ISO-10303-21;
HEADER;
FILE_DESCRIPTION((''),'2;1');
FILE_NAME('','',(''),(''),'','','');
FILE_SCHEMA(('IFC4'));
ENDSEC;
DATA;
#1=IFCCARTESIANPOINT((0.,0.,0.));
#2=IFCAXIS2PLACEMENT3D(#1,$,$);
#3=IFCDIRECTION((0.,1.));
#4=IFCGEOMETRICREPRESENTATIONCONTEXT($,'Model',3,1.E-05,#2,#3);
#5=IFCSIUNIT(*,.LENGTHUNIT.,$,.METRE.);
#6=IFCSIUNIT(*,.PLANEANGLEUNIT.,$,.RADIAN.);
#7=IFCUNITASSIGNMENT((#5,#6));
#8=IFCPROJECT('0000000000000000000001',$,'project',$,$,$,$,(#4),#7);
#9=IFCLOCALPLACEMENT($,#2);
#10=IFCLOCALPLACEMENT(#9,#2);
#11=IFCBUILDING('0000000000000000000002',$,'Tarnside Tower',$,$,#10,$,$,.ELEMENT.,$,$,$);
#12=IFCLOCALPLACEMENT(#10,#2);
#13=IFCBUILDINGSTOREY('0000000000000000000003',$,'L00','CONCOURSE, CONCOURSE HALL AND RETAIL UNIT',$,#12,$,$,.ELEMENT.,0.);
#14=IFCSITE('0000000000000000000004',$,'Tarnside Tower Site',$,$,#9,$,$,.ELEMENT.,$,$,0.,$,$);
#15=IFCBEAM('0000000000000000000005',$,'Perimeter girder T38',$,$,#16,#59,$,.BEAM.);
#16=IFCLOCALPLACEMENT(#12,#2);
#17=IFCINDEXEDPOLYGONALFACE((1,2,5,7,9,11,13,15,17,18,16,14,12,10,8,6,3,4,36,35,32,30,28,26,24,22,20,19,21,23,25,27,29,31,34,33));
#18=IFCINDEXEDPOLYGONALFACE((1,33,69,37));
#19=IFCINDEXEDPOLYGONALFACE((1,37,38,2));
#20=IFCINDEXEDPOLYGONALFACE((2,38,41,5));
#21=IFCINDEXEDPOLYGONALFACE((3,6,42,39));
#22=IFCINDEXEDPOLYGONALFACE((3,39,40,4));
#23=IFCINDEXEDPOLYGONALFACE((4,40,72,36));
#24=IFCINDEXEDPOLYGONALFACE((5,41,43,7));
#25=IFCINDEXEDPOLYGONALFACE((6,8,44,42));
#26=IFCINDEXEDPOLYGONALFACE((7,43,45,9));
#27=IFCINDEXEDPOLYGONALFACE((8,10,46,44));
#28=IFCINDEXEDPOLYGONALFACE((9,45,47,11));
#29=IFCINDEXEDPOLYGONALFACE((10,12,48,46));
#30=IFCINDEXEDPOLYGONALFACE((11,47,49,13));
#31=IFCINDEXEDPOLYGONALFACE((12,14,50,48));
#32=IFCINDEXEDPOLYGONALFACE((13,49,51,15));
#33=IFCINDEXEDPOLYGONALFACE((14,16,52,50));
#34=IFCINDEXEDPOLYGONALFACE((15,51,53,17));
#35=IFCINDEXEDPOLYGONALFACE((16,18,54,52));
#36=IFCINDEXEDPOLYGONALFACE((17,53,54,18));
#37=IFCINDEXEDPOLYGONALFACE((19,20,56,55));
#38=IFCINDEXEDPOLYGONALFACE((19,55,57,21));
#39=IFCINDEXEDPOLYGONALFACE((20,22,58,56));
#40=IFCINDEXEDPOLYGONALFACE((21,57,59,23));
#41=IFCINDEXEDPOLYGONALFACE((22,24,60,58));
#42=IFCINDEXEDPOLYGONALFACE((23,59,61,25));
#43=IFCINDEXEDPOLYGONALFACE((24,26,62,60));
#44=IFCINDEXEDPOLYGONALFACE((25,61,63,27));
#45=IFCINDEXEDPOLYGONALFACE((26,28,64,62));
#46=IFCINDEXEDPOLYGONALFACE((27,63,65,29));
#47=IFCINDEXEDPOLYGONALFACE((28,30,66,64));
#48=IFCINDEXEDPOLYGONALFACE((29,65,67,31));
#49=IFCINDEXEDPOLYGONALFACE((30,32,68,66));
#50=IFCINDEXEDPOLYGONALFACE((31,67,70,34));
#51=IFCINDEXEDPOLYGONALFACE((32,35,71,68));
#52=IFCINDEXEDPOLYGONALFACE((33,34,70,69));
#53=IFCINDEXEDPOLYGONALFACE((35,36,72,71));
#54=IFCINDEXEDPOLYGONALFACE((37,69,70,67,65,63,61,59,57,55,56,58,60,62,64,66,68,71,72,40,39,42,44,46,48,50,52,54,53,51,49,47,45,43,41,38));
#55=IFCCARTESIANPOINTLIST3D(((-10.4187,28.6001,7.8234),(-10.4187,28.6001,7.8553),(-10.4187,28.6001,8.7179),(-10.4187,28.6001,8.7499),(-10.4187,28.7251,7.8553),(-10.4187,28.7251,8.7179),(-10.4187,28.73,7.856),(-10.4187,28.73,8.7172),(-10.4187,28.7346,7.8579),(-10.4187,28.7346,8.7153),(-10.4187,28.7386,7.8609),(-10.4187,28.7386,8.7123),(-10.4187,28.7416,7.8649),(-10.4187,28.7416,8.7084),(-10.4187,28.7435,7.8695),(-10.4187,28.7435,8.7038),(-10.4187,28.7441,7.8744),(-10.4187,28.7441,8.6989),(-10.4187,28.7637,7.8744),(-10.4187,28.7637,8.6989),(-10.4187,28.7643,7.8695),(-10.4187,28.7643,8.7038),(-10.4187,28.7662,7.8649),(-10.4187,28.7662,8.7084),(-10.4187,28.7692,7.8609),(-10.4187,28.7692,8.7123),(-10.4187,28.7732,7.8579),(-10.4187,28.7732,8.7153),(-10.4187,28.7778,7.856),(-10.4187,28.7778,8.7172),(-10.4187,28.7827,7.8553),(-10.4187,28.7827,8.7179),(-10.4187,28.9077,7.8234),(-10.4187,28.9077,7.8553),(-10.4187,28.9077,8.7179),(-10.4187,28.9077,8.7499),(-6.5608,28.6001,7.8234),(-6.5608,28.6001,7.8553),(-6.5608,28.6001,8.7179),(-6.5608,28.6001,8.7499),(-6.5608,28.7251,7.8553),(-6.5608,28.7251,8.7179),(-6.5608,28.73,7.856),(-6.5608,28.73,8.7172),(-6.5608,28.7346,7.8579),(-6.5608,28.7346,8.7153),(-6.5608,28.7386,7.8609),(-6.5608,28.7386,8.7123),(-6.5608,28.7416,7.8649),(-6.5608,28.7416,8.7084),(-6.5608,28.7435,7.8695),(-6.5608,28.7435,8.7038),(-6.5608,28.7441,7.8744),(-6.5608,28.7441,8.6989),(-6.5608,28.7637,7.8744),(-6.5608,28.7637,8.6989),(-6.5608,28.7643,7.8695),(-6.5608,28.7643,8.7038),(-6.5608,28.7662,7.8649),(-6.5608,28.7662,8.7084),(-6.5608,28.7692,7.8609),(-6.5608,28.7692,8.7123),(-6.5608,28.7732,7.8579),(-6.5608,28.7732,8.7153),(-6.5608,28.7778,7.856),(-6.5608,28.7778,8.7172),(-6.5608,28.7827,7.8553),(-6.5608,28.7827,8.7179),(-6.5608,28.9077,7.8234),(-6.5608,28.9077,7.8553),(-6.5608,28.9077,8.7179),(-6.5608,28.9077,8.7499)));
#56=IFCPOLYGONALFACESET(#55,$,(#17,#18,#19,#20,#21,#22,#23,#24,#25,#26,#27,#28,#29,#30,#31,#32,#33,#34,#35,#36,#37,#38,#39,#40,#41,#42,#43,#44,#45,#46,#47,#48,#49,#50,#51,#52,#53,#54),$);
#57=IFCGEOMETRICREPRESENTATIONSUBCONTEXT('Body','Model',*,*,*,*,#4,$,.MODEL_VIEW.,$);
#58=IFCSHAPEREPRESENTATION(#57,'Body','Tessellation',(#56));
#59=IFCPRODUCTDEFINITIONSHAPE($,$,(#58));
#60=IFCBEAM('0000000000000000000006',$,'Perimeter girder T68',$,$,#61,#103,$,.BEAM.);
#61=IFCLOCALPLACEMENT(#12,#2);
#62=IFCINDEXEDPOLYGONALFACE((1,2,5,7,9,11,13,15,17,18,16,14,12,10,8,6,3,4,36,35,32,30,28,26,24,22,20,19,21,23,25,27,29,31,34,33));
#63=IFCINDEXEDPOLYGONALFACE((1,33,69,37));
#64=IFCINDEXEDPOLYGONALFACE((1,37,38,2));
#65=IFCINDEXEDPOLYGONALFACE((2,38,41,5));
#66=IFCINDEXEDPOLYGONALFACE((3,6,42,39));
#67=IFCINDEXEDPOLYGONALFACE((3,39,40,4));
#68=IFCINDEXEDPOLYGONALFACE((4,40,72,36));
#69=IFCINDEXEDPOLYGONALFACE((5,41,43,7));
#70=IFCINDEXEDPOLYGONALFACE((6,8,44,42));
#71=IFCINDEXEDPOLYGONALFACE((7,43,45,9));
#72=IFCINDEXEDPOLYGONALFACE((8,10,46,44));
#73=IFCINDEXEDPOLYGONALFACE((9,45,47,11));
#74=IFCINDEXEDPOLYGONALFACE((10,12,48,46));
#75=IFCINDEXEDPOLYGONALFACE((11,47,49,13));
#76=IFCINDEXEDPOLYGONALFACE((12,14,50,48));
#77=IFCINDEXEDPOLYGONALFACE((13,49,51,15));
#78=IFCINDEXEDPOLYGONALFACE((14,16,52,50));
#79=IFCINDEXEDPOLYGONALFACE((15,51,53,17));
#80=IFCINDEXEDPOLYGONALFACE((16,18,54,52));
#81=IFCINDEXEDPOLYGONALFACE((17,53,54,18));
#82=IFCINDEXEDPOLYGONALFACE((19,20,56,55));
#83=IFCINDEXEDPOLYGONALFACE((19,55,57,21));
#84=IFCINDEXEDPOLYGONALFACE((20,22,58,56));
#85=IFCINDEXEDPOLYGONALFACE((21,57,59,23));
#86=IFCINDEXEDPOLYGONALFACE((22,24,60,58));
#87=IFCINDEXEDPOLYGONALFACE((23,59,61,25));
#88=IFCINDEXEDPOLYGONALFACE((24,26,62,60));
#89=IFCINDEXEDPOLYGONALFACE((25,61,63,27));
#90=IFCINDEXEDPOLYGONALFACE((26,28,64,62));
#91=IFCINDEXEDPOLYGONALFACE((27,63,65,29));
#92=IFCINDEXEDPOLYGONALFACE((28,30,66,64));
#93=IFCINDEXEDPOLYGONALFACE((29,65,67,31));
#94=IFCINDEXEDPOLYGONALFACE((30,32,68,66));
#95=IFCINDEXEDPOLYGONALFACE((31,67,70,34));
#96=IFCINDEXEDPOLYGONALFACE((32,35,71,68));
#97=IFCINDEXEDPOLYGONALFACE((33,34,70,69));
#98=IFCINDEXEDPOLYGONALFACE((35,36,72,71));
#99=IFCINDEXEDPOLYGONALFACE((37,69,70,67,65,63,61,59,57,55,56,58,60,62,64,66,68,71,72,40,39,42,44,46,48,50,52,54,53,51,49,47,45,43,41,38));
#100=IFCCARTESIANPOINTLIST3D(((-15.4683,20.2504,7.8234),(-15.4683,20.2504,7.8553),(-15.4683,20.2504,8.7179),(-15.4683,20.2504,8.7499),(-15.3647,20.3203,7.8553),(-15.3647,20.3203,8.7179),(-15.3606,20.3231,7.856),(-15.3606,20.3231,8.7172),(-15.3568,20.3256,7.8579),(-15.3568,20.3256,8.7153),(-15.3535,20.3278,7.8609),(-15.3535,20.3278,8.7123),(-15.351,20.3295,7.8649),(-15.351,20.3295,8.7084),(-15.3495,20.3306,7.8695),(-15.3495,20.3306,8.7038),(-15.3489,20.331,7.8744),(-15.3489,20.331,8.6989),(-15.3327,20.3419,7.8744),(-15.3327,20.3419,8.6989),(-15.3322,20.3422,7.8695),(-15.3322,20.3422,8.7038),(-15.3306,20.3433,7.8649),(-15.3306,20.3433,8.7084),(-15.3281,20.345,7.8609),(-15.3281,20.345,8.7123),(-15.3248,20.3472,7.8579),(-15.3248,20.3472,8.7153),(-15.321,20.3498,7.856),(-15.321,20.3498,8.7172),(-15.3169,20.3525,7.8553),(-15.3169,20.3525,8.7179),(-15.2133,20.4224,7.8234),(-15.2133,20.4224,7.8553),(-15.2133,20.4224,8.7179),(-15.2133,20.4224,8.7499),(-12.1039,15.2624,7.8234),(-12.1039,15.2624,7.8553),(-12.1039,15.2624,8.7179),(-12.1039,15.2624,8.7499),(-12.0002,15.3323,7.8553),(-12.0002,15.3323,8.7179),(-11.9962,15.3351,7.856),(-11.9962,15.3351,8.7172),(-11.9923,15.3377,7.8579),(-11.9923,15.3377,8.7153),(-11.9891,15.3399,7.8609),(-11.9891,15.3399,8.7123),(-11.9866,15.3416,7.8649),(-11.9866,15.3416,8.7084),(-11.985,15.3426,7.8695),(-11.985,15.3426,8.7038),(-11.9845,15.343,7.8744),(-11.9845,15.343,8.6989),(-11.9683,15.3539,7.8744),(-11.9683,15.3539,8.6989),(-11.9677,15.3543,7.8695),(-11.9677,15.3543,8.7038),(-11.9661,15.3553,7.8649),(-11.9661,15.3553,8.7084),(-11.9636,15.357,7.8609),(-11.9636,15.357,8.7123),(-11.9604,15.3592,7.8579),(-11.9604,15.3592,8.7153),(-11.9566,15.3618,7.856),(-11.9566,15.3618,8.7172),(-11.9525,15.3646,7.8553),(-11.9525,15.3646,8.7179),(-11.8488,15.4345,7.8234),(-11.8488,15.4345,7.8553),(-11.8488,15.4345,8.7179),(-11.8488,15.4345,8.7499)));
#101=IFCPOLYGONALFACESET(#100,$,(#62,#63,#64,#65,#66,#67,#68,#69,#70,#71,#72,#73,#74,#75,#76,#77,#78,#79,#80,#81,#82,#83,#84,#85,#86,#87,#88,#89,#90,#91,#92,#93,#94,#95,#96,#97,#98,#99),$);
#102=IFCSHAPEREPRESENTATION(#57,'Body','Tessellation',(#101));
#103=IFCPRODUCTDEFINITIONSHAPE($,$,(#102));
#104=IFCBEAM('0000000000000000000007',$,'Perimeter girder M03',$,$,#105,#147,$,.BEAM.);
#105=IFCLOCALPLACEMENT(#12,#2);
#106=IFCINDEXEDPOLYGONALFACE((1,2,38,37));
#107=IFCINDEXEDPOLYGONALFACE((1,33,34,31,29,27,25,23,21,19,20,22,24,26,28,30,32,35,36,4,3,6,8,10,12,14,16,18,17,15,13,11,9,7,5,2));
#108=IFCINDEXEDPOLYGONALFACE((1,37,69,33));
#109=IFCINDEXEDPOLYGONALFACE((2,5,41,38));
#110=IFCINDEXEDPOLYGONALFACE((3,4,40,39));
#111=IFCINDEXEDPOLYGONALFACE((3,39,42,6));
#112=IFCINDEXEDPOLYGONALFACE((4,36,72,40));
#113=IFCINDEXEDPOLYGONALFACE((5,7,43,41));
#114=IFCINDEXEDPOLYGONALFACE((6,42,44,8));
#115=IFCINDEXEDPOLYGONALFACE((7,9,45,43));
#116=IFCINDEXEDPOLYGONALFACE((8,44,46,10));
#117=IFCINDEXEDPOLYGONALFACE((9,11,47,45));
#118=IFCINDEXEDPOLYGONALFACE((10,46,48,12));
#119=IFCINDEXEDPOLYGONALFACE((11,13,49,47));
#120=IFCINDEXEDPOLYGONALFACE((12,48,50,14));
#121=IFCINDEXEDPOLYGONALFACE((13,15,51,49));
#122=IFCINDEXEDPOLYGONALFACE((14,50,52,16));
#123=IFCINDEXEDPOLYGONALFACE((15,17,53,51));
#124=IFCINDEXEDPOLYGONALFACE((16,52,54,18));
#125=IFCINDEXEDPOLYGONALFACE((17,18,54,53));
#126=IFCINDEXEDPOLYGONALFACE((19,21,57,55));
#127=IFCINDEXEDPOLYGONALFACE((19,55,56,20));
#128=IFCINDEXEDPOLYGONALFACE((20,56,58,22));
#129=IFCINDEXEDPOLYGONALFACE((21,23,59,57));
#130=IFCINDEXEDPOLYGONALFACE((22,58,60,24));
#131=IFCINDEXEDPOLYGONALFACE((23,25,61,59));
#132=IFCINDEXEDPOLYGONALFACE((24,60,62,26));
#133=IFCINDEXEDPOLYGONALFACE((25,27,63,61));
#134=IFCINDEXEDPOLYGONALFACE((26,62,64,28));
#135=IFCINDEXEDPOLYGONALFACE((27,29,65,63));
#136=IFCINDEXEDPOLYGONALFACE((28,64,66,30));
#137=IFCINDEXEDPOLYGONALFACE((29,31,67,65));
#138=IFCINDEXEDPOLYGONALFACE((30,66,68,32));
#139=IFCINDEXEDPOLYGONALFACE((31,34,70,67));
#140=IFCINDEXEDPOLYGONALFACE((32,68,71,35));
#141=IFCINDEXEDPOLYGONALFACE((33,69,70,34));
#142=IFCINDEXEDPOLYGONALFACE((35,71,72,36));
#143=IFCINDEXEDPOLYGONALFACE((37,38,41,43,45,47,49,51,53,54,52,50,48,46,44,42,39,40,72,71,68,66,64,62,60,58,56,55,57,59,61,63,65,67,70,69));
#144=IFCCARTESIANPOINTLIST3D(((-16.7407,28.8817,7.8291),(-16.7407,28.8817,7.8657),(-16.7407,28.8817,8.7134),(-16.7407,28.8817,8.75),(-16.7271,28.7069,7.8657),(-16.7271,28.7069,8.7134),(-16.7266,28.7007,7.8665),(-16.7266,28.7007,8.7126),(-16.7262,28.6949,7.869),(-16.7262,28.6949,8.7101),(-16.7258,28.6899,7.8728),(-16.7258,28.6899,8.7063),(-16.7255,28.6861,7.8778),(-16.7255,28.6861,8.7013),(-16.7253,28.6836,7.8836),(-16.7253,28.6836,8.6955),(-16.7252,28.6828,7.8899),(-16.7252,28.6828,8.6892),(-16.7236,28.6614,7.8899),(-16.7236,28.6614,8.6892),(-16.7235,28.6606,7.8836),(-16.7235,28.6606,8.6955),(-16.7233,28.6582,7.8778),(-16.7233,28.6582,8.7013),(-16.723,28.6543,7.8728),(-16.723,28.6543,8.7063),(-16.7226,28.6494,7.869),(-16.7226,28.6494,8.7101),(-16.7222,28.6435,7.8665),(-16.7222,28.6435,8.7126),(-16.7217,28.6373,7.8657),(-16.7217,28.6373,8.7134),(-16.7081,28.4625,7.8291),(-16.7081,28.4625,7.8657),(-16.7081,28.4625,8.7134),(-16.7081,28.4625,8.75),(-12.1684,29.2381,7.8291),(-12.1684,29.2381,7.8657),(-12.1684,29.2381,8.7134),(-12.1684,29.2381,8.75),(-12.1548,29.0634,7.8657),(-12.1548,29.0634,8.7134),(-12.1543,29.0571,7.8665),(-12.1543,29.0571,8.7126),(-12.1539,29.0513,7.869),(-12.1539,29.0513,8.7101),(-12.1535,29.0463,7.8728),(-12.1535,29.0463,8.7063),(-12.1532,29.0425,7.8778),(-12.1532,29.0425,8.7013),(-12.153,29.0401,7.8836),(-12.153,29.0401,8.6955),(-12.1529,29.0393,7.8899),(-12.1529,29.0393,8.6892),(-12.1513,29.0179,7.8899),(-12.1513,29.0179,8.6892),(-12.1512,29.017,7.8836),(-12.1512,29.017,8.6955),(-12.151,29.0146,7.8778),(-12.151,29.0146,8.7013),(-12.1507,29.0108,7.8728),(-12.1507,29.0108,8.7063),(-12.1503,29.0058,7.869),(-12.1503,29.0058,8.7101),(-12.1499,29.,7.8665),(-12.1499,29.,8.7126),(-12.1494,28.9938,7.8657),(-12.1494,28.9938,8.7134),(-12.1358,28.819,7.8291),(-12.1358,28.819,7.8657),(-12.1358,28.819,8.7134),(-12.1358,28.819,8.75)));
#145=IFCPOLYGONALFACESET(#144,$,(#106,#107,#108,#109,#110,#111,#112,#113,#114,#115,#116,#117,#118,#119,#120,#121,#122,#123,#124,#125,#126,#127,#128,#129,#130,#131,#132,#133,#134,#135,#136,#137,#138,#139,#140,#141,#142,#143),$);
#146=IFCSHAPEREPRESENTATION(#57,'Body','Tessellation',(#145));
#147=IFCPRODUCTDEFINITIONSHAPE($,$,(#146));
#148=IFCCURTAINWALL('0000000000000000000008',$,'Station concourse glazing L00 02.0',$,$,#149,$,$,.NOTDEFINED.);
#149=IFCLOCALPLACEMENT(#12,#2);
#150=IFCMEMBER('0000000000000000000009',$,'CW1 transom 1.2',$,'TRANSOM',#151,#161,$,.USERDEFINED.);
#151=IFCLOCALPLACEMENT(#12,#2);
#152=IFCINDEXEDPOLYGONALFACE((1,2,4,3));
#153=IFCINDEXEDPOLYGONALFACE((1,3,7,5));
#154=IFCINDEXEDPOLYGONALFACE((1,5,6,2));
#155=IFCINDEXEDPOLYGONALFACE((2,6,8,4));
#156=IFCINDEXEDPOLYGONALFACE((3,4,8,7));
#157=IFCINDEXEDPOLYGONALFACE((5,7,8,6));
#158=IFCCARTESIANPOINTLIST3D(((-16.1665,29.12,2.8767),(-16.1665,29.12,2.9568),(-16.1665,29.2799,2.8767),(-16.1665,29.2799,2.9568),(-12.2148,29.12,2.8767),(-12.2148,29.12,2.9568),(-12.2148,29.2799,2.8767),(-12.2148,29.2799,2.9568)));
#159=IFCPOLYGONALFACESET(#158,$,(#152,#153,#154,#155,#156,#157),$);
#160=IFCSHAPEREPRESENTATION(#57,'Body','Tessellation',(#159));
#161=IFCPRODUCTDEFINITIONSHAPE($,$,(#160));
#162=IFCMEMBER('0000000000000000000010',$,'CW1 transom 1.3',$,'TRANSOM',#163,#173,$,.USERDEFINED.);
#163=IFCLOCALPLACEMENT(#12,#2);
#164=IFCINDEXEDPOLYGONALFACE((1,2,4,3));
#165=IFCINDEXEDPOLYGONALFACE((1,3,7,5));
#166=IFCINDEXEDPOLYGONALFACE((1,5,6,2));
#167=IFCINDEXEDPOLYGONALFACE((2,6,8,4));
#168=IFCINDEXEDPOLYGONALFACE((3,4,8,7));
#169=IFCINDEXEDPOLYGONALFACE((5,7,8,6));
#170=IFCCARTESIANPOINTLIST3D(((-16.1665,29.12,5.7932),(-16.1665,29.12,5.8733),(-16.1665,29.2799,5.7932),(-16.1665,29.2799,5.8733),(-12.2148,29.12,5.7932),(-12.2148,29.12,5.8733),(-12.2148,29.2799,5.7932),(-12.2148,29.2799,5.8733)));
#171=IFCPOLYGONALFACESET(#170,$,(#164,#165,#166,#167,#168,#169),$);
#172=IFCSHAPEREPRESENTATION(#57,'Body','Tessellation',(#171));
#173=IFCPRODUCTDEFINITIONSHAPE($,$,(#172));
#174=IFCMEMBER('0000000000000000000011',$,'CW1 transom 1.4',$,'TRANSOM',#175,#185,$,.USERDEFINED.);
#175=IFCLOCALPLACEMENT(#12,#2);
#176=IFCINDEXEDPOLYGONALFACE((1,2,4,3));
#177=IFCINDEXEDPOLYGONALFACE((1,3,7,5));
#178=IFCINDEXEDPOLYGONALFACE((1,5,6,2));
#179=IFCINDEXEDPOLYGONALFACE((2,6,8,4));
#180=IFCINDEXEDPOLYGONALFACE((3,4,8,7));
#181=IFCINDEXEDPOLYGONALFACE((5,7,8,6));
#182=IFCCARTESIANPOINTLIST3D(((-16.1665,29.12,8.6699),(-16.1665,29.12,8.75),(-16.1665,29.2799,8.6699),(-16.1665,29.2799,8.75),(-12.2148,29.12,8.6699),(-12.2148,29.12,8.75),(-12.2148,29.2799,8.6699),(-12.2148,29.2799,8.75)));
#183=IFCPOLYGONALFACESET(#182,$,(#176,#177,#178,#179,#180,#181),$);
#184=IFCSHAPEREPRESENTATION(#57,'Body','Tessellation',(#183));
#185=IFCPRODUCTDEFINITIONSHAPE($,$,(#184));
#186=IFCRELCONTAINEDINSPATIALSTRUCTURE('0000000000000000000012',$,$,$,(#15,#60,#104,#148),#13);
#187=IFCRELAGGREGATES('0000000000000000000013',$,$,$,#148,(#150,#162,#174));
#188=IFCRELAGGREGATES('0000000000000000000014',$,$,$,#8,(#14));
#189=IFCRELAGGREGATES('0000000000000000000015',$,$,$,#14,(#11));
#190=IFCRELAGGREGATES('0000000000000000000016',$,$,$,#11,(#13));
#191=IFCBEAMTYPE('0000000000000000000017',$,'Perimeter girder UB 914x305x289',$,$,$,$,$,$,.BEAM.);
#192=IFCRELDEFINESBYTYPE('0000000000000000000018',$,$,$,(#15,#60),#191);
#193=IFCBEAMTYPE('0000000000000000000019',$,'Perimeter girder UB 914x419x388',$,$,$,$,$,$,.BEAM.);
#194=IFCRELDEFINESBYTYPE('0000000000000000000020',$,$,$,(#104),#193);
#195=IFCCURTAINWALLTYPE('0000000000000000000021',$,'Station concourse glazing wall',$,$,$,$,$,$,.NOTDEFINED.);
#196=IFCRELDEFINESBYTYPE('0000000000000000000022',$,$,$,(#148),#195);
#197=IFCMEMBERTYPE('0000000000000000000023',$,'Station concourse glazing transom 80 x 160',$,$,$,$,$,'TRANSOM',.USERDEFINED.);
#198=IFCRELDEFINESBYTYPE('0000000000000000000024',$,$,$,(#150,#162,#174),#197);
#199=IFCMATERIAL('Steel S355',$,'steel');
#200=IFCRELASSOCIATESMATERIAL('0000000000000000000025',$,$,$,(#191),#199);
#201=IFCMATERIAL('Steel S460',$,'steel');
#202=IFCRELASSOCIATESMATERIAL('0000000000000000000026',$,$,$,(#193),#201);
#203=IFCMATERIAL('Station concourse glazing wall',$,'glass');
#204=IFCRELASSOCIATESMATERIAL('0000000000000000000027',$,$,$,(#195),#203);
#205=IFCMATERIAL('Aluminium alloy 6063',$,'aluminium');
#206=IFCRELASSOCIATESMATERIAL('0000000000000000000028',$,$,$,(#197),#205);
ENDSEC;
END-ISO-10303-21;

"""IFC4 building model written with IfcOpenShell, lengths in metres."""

from ifc_helpers import new_model, si_unit, direction, frame, origin, origin_2d, place, context, subcontext, project, spatial, rectangle, i_section, extrude, material, material_profile, profile_set, type_object, element, aggregate, save


model = new_model("IFC4")

# Units and contexts
model_context = context("Model", 3, precision=1e-05, world=origin(), true_north=direction((0.0, 1.0)))
body_context = subcontext(model_context, "Body", "Model", "MODEL_VIEW")
ifc_project = project(units=[si_unit("LENGTHUNIT", "METRE"), si_unit("PLANEANGLEUNIT", "RADIAN")], contexts=[model_context])

# Site, building, storey
site_placement = place(None, origin())
site = spatial("IfcSite", under=ifc_project, at=site_placement, Name="Tarnside Tower Site", CompositionType="ELEMENT", RefElevation=0.0)
building_placement = place(site_placement, origin())
building = spatial("IfcBuilding", under=site, at=building_placement, Name="Tarnside Tower", CompositionType="ELEMENT")
storey_placement = place(building_placement, origin())
storey = spatial("IfcBuildingStorey", under=building, at=storey_placement, Name="L00", Description="CONCOURSE, CONCOURSE HALL AND RETAIL UNIT", CompositionType="ELEMENT", Elevation=0.0)

# Beams
ifc_material_1 = material(Name="Steel S355", Category="steel")
ifc_material_profile_1 = material_profile(ifc_material_1, i_section(OverallWidth=0.3076, OverallDepth=0.9265, WebThickness=0.0195, FlangeThickness=0.032, FilletRadius=0.019, at=origin_2d()), Name="UB 914x305x289")
ifc_profile_set_1 = profile_set([ifc_material_profile_1], Name="Steel S355")
beam_type_1 = type_object("IfcBeamType", Name="Perimeter girder UB 914x305x289", PredefinedType="BEAM", material=ifc_profile_set_1)
beam_1_placement = place(storey_placement, frame((-10.4187, 28.7539, 8.2866), z_axis=(1.0, 0.0, 0.0), x_axis=(0.0, 1.0, 0.0)))
element("IfcBeam", 1, at=beam_1_placement, inside=storey, type_object=beam_type_1, Name="Perimeter girder T38", PredefinedType="BEAM", context=body_context, shape_type="SweptSolid", body=[
    extrude(i_section(OverallWidth=0.3076, OverallDepth=0.9265, WebThickness=0.0195, FlangeThickness=0.032, FilletRadius=0.019, at=origin_2d()), origin(), (0.0, 0.0, 1.0), 3.8579),
])
beam_2_placement = place(storey_placement, frame((-15.3408, 20.3364, 8.2866), z_axis=(0.559196, -0.829035, 0.0), x_axis=(0.829035, 0.559196, 0.0)))
element("IfcBeam", 2, at=beam_2_placement, inside=storey, type_object=beam_type_1, Name="Perimeter girder T68", PredefinedType="BEAM", context=body_context, shape_type="SweptSolid", body=[
    extrude(i_section(OverallWidth=0.3076, OverallDepth=0.9265, WebThickness=0.0195, FlangeThickness=0.032, FilletRadius=0.019, at=origin_2d()), origin(), (0.0, 0.0, 1.0), 6.0166),
])
ifc_material_2 = material(Name="Steel S460", Category="steel")
ifc_material_profile_2 = material_profile(ifc_material_2, i_section(OverallWidth=0.4204, OverallDepth=0.9209, WebThickness=0.0215, FlangeThickness=0.0366, FilletRadius=0.0242, at=origin_2d()), Name="UB 914x419x388")
ifc_profile_set_2 = profile_set([ifc_material_profile_2], Name="Steel S460")
beam_type_2 = type_object("IfcBeamType", Name="Perimeter girder UB 914x419x388", PredefinedType="BEAM", material=ifc_profile_set_2)
beam_3_placement = place(storey_placement, frame((-12.1521, 29.0286, 8.2896), z_axis=(-0.996975, -0.077722, 0.0), x_axis=(0.077722, -0.996975, 0.0)))
element("IfcBeam", 3, at=beam_3_placement, inside=storey, type_object=beam_type_2, Name="Perimeter girder M03", PredefinedType="BEAM", context=body_context, shape_type="SweptSolid", body=[
    extrude(i_section(OverallWidth=0.4204, OverallDepth=0.9209, WebThickness=0.0215, FlangeThickness=0.0366, FilletRadius=0.0242, at=origin_2d()), origin(), (0.0, 0.0, 1.0), 4.5862),
])

# Curtain wall, members
ifc_material_3 = material(Name="Station concourse glazing wall", Category="glass")
curtain_wall_type = type_object("IfcCurtainWallType", Name="Station concourse glazing wall", PredefinedType="NOTDEFINED", material=ifc_material_3)
curtain_wall_1_placement = place(storey_placement, origin())
curtain_wall_1 = element("IfcCurtainWall", 4, at=curtain_wall_1_placement, inside=storey, type_object=curtain_wall_type, Name="Station concourse glazing L00 02.0", PredefinedType="NOTDEFINED")
ifc_material_4 = material(Name="Aluminium alloy 6063", Category="aluminium")
ifc_material_profile_3 = material_profile(ifc_material_4, rectangle(XDim=0.1599, YDim=0.0801, at=origin_2d()), Name="Station concourse glazing transom 80 x 160")
ifc_profile_set_3 = profile_set([ifc_material_profile_3], Name="Aluminium alloy 6063")
member_type = type_object("IfcMemberType", Name="Station concourse glazing transom 80 x 160", ElementType="TRANSOM", PredefinedType="USERDEFINED", material=ifc_profile_set_3)
member_1_placement = place(storey_placement, frame((-12.2148, 29.2, 2.9167), z_axis=(-1.0, 0.0, 0.0), x_axis=(0.0, -1.0, 0.0)))
member_1 = element("IfcMember", 5, at=member_1_placement, type_object=member_type, Name="CW1 transom 1.2", ObjectType="TRANSOM", PredefinedType="USERDEFINED", context=body_context, shape_type="SweptSolid", body=[
    extrude(rectangle(XDim=0.1599, YDim=0.0801, at=origin_2d()), origin(), (0.0, 0.0, 1.0), 3.9517),
])
member_2_placement = place(storey_placement, frame((-12.2148, 29.2, 5.8333), z_axis=(-1.0, 0.0, 0.0), x_axis=(0.0, -1.0, 0.0)))
member_2 = element("IfcMember", 6, at=member_2_placement, type_object=member_type, Name="CW1 transom 1.3", ObjectType="TRANSOM", PredefinedType="USERDEFINED", context=body_context, shape_type="SweptSolid", body=[
    extrude(rectangle(XDim=0.1599, YDim=0.0801, at=origin_2d()), origin(), (0.0, 0.0, 1.0), 3.9517),
])
member_3_placement = place(storey_placement, frame((-12.2148, 29.2, 8.71), z_axis=(-1.0, 0.0, 0.0), x_axis=(0.0, -1.0, 0.0)))
member_3 = element("IfcMember", 7, at=member_3_placement, type_object=member_type, Name="CW1 transom 1.4", ObjectType="TRANSOM", PredefinedType="USERDEFINED", context=body_context, shape_type="SweptSolid", body=[
    extrude(rectangle(XDim=0.1599, YDim=0.0801, at=origin_2d()), origin(), (0.0, 0.0, 1.0), 3.9517),
])

aggregate(curtain_wall_1, [member_1, member_2, member_3])

save(model, "model.ifc")
